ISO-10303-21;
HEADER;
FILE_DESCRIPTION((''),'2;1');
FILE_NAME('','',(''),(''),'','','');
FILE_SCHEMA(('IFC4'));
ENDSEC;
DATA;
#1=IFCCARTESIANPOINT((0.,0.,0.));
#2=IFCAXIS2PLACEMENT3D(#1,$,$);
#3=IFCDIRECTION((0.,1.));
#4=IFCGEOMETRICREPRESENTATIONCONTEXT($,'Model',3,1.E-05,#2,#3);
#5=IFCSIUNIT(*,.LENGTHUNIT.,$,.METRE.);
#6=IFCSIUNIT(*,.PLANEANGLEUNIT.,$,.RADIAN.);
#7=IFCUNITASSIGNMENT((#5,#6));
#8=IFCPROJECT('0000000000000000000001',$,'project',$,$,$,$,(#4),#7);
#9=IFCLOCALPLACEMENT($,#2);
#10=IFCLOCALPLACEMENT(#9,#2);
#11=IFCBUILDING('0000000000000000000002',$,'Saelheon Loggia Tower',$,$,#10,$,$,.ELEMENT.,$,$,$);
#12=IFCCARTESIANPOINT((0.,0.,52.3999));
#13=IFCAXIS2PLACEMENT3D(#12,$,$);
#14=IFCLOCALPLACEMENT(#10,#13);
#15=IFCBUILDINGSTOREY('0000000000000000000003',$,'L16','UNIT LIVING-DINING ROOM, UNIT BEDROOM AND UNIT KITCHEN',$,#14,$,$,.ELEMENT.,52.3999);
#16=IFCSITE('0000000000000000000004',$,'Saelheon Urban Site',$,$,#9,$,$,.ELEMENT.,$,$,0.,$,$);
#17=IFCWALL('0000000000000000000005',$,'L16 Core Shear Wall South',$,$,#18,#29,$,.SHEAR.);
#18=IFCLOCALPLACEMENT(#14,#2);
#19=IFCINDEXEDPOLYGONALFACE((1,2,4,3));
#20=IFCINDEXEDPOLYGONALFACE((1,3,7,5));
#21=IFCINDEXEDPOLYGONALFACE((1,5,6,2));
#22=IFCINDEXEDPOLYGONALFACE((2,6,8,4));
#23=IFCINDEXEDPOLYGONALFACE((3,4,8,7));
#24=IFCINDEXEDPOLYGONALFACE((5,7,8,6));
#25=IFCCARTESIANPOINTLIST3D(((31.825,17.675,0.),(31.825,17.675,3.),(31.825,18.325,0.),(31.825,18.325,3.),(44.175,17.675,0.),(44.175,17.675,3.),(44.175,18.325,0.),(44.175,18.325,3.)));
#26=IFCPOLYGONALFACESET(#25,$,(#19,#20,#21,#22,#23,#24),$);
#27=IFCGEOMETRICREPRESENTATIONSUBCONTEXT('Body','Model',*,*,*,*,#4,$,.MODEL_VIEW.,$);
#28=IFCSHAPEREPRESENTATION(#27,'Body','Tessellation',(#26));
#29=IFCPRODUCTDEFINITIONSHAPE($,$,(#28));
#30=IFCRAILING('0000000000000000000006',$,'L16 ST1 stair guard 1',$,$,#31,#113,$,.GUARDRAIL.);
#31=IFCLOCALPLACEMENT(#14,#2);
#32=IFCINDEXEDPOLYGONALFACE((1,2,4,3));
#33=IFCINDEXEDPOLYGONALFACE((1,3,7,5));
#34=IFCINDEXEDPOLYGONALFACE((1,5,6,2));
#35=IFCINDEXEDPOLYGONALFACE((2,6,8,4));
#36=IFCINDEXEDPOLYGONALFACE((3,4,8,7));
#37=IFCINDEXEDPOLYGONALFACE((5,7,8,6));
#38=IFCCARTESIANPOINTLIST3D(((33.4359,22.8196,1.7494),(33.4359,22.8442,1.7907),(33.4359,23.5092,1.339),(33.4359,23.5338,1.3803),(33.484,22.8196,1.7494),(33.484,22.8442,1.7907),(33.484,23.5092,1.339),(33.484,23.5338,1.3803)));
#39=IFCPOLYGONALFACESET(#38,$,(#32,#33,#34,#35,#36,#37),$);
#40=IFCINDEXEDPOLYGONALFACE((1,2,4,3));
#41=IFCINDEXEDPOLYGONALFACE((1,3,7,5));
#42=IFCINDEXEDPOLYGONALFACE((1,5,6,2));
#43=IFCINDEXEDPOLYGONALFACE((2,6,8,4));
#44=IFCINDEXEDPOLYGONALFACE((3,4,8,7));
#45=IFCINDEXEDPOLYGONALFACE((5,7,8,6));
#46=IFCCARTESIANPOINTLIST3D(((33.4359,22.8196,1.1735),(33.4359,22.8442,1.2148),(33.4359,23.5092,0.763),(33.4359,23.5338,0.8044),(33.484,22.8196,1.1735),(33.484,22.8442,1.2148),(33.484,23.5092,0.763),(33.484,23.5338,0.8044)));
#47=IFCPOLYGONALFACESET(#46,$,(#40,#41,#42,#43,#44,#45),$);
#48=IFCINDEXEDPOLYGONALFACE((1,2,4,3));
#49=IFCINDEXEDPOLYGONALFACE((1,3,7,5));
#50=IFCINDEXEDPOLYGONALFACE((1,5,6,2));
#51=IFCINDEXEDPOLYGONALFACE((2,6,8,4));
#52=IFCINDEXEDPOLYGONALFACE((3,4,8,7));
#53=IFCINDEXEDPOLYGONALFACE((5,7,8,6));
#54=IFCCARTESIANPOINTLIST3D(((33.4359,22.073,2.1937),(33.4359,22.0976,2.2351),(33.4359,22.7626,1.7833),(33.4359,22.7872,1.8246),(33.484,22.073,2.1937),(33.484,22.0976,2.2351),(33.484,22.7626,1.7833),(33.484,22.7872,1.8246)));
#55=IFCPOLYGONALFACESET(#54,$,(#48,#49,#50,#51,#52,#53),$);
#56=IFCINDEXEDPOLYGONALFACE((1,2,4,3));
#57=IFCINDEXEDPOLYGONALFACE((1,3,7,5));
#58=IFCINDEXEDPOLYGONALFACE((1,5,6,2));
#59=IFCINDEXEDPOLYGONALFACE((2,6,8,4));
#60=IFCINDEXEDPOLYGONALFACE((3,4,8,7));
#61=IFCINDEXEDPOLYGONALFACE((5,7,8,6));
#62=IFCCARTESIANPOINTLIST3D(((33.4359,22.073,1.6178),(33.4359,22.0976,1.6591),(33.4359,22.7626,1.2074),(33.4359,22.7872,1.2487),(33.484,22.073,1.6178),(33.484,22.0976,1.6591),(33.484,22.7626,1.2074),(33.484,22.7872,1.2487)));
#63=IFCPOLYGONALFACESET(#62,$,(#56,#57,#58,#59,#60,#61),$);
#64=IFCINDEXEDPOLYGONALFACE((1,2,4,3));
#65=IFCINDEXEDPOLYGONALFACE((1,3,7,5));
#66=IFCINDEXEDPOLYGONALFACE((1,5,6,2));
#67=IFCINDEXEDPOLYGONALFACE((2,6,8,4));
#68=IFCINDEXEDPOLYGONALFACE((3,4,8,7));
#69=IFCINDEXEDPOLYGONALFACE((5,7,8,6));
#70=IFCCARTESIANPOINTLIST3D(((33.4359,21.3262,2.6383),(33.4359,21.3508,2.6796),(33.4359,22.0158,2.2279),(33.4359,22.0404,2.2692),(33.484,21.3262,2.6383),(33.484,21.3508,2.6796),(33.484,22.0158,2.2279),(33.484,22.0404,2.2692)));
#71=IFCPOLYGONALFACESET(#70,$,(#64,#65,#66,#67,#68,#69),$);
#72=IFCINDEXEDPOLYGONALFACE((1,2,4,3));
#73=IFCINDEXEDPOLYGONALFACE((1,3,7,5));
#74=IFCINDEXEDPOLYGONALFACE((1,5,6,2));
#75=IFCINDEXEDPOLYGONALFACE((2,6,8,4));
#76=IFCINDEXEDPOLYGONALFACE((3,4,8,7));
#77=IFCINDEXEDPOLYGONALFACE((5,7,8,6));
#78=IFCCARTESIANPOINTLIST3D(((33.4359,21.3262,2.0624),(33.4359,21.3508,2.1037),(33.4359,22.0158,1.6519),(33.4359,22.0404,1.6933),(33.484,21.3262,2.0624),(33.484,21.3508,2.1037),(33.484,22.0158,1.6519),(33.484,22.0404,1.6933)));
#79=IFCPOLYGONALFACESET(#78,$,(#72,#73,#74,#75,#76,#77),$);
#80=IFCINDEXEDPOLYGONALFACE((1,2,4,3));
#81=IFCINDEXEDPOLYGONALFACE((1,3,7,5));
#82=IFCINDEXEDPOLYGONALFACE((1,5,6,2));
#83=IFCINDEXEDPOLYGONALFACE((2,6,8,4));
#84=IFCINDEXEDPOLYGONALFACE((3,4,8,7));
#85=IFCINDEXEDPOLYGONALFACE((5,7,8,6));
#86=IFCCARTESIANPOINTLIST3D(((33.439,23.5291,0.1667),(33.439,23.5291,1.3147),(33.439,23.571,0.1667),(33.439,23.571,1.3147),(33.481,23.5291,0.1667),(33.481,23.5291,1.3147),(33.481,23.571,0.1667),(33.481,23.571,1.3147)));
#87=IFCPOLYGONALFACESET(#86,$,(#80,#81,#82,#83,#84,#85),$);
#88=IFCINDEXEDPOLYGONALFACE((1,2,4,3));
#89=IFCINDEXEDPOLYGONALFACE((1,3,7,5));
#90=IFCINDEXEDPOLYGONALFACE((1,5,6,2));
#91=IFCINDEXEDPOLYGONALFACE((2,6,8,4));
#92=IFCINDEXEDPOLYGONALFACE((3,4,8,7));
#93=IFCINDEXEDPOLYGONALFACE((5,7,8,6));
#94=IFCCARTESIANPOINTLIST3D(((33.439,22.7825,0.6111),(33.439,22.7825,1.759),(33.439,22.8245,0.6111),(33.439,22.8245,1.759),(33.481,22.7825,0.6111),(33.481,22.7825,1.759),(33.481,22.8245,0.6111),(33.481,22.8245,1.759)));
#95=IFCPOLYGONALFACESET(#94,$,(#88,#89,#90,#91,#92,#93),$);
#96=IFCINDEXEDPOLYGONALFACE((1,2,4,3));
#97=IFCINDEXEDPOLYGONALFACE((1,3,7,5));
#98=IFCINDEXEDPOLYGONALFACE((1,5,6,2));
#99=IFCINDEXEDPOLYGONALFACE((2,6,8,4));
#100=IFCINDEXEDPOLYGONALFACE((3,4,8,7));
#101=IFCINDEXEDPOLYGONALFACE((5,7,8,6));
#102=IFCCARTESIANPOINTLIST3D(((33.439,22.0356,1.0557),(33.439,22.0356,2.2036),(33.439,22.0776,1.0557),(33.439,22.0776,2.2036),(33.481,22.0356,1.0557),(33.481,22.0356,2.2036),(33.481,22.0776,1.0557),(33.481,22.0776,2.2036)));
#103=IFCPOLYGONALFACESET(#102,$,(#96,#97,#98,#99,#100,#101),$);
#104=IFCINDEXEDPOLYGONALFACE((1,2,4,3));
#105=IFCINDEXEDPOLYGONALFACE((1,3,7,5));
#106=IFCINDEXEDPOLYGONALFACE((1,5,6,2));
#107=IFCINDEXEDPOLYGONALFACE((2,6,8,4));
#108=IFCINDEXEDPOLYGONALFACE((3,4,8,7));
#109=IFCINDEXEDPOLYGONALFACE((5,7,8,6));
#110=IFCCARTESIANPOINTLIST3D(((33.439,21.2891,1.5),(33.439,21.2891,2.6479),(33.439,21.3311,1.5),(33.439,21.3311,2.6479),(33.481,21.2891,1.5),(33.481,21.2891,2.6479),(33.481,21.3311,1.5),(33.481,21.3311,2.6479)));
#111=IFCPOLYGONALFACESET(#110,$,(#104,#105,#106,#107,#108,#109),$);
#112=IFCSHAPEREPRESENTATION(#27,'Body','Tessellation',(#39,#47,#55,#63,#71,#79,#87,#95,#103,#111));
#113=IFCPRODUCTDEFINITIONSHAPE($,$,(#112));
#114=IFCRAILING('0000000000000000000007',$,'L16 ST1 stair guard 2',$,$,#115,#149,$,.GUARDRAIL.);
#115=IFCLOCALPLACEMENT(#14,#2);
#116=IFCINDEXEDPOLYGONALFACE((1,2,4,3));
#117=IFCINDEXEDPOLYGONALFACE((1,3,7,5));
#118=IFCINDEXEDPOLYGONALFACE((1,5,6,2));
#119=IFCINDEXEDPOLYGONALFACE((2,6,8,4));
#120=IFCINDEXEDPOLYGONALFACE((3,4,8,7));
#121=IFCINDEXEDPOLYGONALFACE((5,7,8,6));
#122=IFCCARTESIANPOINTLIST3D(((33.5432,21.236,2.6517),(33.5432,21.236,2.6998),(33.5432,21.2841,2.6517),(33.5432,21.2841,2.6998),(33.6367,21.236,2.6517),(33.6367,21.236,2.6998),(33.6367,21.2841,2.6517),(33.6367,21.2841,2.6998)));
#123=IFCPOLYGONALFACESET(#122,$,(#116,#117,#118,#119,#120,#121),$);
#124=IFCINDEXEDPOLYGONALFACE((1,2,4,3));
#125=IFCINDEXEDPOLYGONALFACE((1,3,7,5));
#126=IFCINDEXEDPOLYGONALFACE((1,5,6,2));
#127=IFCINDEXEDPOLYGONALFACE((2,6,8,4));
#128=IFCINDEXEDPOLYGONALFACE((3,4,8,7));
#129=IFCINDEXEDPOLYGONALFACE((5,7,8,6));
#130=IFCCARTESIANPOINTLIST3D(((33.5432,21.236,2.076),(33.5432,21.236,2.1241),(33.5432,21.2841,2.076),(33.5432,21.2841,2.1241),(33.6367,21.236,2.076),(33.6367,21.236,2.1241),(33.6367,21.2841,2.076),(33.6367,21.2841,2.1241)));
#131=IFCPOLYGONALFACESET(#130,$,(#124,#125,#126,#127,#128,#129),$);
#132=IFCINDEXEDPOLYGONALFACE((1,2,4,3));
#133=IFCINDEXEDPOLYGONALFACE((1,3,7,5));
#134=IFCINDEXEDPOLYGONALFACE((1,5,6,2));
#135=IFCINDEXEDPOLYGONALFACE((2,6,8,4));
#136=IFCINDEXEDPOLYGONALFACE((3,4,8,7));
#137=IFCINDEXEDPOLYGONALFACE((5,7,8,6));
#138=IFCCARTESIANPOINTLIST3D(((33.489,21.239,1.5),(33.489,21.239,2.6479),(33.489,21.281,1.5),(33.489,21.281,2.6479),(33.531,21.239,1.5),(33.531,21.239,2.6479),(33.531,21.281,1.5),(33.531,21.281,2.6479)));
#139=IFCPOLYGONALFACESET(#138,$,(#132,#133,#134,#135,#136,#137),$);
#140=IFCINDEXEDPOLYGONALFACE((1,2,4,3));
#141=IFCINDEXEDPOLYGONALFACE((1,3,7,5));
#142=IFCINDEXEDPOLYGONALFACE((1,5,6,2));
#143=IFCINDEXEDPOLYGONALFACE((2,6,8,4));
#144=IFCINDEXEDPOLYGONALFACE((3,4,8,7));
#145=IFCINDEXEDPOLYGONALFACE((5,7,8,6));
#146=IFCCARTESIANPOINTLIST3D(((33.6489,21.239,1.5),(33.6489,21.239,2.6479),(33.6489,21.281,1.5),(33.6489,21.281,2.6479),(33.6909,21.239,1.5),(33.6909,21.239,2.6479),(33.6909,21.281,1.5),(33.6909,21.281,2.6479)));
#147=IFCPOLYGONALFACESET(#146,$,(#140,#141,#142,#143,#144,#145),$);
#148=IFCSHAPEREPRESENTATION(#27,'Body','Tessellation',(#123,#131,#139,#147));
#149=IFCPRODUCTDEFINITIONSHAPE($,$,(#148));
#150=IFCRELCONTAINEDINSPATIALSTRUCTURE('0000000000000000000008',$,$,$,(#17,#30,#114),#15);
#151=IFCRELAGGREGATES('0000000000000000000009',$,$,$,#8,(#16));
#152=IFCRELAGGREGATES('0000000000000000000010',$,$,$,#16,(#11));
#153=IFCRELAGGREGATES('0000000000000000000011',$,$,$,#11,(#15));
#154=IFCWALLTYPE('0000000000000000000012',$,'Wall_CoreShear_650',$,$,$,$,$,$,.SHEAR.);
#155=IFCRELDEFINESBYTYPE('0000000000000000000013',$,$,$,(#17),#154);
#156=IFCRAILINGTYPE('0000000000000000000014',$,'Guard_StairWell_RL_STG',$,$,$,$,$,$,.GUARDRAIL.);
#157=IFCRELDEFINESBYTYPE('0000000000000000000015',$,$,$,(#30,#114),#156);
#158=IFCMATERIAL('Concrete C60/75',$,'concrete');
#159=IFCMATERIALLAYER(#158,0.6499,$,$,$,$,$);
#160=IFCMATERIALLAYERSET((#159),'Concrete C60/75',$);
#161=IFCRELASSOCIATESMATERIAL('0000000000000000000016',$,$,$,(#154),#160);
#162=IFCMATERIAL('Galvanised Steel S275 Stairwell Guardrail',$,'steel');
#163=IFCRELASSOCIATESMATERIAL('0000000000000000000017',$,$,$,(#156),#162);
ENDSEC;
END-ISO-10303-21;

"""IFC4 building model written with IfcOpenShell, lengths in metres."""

from ifc_helpers import new_model, si_unit, direction, frame, frame_2d, origin, origin_2d, place, context, subcontext, project, spatial, rectangle, extrude, material, layer, layer_set, type_object, element, save


model = new_model("IFC4")

# Units and contexts
model_context = context("Model", 3, precision=1e-05, world=origin(), true_north=direction((0.0, 1.0)))
body_context = subcontext(model_context, "Body", "Model", "MODEL_VIEW")
ifc_project = project(units=[si_unit("LENGTHUNIT", "METRE"), si_unit("PLANEANGLEUNIT", "RADIAN")], contexts=[model_context])

# Site, building, storey
site_placement = place(None, origin())
site = spatial("IfcSite", under=ifc_project, at=site_placement, Name="Saelheon Urban Site", CompositionType="ELEMENT", RefElevation=0.0)
building_placement = place(site_placement, origin())
building = spatial("IfcBuilding", under=site, at=building_placement, Name="Saelheon Loggia Tower", CompositionType="ELEMENT")
storey_placement = place(building_placement, frame((0.0, 0.0, 52.3999)))
storey = spatial("IfcBuildingStorey", under=building, at=storey_placement, Name="L16", Description="UNIT LIVING-DINING ROOM, UNIT BEDROOM AND UNIT KITCHEN", CompositionType="ELEMENT", Elevation=52.3999)

# Wall
ifc_material_1 = material(Name="Concrete C60/75", Category="concrete")
ifc_layer_1 = layer(ifc_material_1, 0.6499)
ifc_layer_set_1 = layer_set([ifc_layer_1], Name="Concrete C60/75")
wall_type_1 = type_object("IfcWallType", Name="Wall_CoreShear_650", PredefinedType="SHEAR", material=ifc_layer_set_1)
wall_1_placement = place(storey_placement, frame((31.825, 18.0, 0.0), z_axis=(0.0, 0.0, 1.0), x_axis=(1.0, 0.0, 0.0)))
element("IfcWall", 1, at=wall_1_placement, inside=storey, type_object=wall_type_1, Name="L16 Core Shear Wall South", PredefinedType="SHEAR", context=body_context, shape_type="SweptSolid", body=[
    extrude(rectangle(XDim=12.3501, YDim=0.6499, at=frame_2d((6.175, 0.0))), origin(), (0.0, 0.0, 1.0), 3.0),
])

# Railings
ifc_material_2 = material(Name="Galvanised Steel S275 Stairwell Guardrail", Category="steel")
railing_type_1 = type_object("IfcRailingType", Name="Guard_StairWell_RL_STG", PredefinedType="GUARDRAIL", material=ifc_material_2)
railing_1_placement = place(storey_placement, frame((33.46, 23.55, 0.1667)))
element("IfcRailing", 2, at=railing_1_placement, inside=storey, type_object=railing_type_1, Name="L16 ST1 stair guard 1", PredefinedType="GUARDRAIL", context=body_context, shape_type="SweptSolid", body=[
    extrude(rectangle(XDim=0.0481, YDim=0.0481, at=origin_2d()), frame((0.0, -0.0286, 1.1929), z_axis=(0.0, -0.859306, 0.511462), x_axis=(1.0, 0.0, 0.0)), (0.0, 0.0, 1.0), 0.8025),
    extrude(rectangle(XDim=0.0481, YDim=0.0481, at=origin_2d()), frame((0.0, -0.0286, 0.6169), z_axis=(0.0, -0.859306, 0.511462), x_axis=(1.0, 0.0, 0.0)), (0.0, 0.0, 1.0), 0.8025),
    extrude(rectangle(XDim=0.0481, YDim=0.0481, at=origin_2d()), frame((0.0, -0.7751, 1.6372), z_axis=(0.0, -0.859306, 0.511462), x_axis=(1.0, 0.0, 0.0)), (0.0, 0.0, 1.0), 0.8025),
    extrude(rectangle(XDim=0.0481, YDim=0.0481, at=origin_2d()), frame((0.0, -0.7751, 1.0613), z_axis=(0.0, -0.859306, 0.511462), x_axis=(1.0, 0.0, 0.0)), (0.0, 0.0, 1.0), 0.8025),
    extrude(rectangle(XDim=0.0481, YDim=0.0481, at=origin_2d()), frame((0.0, -1.522, 2.0818), z_axis=(0.0, -0.859306, 0.511462), x_axis=(1.0, 0.0, 0.0)), (0.0, 0.0, 1.0), 0.8025),
    extrude(rectangle(XDim=0.0481, YDim=0.0481, at=origin_2d()), frame((0.0, -1.522, 1.5059), z_axis=(0.0, -0.859306, 0.511462), x_axis=(1.0, 0.0, 0.0)), (0.0, 0.0, 1.0), 0.8025),
    extrude(rectangle(XDim=0.042, YDim=0.042, at=origin_2d()), origin(), (0.0, 0.0, 1.0), 1.1479),
    extrude(rectangle(XDim=0.042, YDim=0.042, at=origin_2d()), frame((0.0, -0.7466, 0.4443)), (0.0, 0.0, 1.0), 1.1479),
    extrude(rectangle(XDim=0.042, YDim=0.042, at=origin_2d()), frame((0.0, -1.4934, 0.8889)), (0.0, 0.0, 1.0), 1.1479),
    extrude(rectangle(XDim=0.042, YDim=0.042, at=origin_2d()), frame((0.0, -2.24, 1.3333)), (0.0, 0.0, 1.0), 1.1479),
])
railing_2_placement = place(storey_placement, frame((33.51, 21.26, 1.5)))
element("IfcRailing", 3, at=railing_2_placement, inside=storey, type_object=railing_type_1, Name="L16 ST1 stair guard 2", PredefinedType="GUARDRAIL", context=body_context, shape_type="SweptSolid", body=[
    extrude(rectangle(XDim=0.0481, YDim=0.0481, at=origin_2d()), frame((0.0332, 0.0, 1.1758), z_axis=(1.0, 0.0, 0.0), x_axis=(0.0, 1.0, 0.0)), (0.0, 0.0, 1.0), 0.0935),
    extrude(rectangle(XDim=0.0481, YDim=0.0481, at=origin_2d()), frame((0.0332, 0.0, 0.6001), z_axis=(1.0, 0.0, 0.0), x_axis=(0.0, 1.0, 0.0)), (0.0, 0.0, 1.0), 0.0935),
    extrude(rectangle(XDim=0.042, YDim=0.042, at=origin_2d()), origin(), (0.0, 0.0, 1.0), 1.1479),
    extrude(rectangle(XDim=0.042, YDim=0.042, at=origin_2d()), frame((0.1599, 0.0, 0.0)), (0.0, 0.0, 1.0), 1.1479),
])

save(model, "model.ifc")
